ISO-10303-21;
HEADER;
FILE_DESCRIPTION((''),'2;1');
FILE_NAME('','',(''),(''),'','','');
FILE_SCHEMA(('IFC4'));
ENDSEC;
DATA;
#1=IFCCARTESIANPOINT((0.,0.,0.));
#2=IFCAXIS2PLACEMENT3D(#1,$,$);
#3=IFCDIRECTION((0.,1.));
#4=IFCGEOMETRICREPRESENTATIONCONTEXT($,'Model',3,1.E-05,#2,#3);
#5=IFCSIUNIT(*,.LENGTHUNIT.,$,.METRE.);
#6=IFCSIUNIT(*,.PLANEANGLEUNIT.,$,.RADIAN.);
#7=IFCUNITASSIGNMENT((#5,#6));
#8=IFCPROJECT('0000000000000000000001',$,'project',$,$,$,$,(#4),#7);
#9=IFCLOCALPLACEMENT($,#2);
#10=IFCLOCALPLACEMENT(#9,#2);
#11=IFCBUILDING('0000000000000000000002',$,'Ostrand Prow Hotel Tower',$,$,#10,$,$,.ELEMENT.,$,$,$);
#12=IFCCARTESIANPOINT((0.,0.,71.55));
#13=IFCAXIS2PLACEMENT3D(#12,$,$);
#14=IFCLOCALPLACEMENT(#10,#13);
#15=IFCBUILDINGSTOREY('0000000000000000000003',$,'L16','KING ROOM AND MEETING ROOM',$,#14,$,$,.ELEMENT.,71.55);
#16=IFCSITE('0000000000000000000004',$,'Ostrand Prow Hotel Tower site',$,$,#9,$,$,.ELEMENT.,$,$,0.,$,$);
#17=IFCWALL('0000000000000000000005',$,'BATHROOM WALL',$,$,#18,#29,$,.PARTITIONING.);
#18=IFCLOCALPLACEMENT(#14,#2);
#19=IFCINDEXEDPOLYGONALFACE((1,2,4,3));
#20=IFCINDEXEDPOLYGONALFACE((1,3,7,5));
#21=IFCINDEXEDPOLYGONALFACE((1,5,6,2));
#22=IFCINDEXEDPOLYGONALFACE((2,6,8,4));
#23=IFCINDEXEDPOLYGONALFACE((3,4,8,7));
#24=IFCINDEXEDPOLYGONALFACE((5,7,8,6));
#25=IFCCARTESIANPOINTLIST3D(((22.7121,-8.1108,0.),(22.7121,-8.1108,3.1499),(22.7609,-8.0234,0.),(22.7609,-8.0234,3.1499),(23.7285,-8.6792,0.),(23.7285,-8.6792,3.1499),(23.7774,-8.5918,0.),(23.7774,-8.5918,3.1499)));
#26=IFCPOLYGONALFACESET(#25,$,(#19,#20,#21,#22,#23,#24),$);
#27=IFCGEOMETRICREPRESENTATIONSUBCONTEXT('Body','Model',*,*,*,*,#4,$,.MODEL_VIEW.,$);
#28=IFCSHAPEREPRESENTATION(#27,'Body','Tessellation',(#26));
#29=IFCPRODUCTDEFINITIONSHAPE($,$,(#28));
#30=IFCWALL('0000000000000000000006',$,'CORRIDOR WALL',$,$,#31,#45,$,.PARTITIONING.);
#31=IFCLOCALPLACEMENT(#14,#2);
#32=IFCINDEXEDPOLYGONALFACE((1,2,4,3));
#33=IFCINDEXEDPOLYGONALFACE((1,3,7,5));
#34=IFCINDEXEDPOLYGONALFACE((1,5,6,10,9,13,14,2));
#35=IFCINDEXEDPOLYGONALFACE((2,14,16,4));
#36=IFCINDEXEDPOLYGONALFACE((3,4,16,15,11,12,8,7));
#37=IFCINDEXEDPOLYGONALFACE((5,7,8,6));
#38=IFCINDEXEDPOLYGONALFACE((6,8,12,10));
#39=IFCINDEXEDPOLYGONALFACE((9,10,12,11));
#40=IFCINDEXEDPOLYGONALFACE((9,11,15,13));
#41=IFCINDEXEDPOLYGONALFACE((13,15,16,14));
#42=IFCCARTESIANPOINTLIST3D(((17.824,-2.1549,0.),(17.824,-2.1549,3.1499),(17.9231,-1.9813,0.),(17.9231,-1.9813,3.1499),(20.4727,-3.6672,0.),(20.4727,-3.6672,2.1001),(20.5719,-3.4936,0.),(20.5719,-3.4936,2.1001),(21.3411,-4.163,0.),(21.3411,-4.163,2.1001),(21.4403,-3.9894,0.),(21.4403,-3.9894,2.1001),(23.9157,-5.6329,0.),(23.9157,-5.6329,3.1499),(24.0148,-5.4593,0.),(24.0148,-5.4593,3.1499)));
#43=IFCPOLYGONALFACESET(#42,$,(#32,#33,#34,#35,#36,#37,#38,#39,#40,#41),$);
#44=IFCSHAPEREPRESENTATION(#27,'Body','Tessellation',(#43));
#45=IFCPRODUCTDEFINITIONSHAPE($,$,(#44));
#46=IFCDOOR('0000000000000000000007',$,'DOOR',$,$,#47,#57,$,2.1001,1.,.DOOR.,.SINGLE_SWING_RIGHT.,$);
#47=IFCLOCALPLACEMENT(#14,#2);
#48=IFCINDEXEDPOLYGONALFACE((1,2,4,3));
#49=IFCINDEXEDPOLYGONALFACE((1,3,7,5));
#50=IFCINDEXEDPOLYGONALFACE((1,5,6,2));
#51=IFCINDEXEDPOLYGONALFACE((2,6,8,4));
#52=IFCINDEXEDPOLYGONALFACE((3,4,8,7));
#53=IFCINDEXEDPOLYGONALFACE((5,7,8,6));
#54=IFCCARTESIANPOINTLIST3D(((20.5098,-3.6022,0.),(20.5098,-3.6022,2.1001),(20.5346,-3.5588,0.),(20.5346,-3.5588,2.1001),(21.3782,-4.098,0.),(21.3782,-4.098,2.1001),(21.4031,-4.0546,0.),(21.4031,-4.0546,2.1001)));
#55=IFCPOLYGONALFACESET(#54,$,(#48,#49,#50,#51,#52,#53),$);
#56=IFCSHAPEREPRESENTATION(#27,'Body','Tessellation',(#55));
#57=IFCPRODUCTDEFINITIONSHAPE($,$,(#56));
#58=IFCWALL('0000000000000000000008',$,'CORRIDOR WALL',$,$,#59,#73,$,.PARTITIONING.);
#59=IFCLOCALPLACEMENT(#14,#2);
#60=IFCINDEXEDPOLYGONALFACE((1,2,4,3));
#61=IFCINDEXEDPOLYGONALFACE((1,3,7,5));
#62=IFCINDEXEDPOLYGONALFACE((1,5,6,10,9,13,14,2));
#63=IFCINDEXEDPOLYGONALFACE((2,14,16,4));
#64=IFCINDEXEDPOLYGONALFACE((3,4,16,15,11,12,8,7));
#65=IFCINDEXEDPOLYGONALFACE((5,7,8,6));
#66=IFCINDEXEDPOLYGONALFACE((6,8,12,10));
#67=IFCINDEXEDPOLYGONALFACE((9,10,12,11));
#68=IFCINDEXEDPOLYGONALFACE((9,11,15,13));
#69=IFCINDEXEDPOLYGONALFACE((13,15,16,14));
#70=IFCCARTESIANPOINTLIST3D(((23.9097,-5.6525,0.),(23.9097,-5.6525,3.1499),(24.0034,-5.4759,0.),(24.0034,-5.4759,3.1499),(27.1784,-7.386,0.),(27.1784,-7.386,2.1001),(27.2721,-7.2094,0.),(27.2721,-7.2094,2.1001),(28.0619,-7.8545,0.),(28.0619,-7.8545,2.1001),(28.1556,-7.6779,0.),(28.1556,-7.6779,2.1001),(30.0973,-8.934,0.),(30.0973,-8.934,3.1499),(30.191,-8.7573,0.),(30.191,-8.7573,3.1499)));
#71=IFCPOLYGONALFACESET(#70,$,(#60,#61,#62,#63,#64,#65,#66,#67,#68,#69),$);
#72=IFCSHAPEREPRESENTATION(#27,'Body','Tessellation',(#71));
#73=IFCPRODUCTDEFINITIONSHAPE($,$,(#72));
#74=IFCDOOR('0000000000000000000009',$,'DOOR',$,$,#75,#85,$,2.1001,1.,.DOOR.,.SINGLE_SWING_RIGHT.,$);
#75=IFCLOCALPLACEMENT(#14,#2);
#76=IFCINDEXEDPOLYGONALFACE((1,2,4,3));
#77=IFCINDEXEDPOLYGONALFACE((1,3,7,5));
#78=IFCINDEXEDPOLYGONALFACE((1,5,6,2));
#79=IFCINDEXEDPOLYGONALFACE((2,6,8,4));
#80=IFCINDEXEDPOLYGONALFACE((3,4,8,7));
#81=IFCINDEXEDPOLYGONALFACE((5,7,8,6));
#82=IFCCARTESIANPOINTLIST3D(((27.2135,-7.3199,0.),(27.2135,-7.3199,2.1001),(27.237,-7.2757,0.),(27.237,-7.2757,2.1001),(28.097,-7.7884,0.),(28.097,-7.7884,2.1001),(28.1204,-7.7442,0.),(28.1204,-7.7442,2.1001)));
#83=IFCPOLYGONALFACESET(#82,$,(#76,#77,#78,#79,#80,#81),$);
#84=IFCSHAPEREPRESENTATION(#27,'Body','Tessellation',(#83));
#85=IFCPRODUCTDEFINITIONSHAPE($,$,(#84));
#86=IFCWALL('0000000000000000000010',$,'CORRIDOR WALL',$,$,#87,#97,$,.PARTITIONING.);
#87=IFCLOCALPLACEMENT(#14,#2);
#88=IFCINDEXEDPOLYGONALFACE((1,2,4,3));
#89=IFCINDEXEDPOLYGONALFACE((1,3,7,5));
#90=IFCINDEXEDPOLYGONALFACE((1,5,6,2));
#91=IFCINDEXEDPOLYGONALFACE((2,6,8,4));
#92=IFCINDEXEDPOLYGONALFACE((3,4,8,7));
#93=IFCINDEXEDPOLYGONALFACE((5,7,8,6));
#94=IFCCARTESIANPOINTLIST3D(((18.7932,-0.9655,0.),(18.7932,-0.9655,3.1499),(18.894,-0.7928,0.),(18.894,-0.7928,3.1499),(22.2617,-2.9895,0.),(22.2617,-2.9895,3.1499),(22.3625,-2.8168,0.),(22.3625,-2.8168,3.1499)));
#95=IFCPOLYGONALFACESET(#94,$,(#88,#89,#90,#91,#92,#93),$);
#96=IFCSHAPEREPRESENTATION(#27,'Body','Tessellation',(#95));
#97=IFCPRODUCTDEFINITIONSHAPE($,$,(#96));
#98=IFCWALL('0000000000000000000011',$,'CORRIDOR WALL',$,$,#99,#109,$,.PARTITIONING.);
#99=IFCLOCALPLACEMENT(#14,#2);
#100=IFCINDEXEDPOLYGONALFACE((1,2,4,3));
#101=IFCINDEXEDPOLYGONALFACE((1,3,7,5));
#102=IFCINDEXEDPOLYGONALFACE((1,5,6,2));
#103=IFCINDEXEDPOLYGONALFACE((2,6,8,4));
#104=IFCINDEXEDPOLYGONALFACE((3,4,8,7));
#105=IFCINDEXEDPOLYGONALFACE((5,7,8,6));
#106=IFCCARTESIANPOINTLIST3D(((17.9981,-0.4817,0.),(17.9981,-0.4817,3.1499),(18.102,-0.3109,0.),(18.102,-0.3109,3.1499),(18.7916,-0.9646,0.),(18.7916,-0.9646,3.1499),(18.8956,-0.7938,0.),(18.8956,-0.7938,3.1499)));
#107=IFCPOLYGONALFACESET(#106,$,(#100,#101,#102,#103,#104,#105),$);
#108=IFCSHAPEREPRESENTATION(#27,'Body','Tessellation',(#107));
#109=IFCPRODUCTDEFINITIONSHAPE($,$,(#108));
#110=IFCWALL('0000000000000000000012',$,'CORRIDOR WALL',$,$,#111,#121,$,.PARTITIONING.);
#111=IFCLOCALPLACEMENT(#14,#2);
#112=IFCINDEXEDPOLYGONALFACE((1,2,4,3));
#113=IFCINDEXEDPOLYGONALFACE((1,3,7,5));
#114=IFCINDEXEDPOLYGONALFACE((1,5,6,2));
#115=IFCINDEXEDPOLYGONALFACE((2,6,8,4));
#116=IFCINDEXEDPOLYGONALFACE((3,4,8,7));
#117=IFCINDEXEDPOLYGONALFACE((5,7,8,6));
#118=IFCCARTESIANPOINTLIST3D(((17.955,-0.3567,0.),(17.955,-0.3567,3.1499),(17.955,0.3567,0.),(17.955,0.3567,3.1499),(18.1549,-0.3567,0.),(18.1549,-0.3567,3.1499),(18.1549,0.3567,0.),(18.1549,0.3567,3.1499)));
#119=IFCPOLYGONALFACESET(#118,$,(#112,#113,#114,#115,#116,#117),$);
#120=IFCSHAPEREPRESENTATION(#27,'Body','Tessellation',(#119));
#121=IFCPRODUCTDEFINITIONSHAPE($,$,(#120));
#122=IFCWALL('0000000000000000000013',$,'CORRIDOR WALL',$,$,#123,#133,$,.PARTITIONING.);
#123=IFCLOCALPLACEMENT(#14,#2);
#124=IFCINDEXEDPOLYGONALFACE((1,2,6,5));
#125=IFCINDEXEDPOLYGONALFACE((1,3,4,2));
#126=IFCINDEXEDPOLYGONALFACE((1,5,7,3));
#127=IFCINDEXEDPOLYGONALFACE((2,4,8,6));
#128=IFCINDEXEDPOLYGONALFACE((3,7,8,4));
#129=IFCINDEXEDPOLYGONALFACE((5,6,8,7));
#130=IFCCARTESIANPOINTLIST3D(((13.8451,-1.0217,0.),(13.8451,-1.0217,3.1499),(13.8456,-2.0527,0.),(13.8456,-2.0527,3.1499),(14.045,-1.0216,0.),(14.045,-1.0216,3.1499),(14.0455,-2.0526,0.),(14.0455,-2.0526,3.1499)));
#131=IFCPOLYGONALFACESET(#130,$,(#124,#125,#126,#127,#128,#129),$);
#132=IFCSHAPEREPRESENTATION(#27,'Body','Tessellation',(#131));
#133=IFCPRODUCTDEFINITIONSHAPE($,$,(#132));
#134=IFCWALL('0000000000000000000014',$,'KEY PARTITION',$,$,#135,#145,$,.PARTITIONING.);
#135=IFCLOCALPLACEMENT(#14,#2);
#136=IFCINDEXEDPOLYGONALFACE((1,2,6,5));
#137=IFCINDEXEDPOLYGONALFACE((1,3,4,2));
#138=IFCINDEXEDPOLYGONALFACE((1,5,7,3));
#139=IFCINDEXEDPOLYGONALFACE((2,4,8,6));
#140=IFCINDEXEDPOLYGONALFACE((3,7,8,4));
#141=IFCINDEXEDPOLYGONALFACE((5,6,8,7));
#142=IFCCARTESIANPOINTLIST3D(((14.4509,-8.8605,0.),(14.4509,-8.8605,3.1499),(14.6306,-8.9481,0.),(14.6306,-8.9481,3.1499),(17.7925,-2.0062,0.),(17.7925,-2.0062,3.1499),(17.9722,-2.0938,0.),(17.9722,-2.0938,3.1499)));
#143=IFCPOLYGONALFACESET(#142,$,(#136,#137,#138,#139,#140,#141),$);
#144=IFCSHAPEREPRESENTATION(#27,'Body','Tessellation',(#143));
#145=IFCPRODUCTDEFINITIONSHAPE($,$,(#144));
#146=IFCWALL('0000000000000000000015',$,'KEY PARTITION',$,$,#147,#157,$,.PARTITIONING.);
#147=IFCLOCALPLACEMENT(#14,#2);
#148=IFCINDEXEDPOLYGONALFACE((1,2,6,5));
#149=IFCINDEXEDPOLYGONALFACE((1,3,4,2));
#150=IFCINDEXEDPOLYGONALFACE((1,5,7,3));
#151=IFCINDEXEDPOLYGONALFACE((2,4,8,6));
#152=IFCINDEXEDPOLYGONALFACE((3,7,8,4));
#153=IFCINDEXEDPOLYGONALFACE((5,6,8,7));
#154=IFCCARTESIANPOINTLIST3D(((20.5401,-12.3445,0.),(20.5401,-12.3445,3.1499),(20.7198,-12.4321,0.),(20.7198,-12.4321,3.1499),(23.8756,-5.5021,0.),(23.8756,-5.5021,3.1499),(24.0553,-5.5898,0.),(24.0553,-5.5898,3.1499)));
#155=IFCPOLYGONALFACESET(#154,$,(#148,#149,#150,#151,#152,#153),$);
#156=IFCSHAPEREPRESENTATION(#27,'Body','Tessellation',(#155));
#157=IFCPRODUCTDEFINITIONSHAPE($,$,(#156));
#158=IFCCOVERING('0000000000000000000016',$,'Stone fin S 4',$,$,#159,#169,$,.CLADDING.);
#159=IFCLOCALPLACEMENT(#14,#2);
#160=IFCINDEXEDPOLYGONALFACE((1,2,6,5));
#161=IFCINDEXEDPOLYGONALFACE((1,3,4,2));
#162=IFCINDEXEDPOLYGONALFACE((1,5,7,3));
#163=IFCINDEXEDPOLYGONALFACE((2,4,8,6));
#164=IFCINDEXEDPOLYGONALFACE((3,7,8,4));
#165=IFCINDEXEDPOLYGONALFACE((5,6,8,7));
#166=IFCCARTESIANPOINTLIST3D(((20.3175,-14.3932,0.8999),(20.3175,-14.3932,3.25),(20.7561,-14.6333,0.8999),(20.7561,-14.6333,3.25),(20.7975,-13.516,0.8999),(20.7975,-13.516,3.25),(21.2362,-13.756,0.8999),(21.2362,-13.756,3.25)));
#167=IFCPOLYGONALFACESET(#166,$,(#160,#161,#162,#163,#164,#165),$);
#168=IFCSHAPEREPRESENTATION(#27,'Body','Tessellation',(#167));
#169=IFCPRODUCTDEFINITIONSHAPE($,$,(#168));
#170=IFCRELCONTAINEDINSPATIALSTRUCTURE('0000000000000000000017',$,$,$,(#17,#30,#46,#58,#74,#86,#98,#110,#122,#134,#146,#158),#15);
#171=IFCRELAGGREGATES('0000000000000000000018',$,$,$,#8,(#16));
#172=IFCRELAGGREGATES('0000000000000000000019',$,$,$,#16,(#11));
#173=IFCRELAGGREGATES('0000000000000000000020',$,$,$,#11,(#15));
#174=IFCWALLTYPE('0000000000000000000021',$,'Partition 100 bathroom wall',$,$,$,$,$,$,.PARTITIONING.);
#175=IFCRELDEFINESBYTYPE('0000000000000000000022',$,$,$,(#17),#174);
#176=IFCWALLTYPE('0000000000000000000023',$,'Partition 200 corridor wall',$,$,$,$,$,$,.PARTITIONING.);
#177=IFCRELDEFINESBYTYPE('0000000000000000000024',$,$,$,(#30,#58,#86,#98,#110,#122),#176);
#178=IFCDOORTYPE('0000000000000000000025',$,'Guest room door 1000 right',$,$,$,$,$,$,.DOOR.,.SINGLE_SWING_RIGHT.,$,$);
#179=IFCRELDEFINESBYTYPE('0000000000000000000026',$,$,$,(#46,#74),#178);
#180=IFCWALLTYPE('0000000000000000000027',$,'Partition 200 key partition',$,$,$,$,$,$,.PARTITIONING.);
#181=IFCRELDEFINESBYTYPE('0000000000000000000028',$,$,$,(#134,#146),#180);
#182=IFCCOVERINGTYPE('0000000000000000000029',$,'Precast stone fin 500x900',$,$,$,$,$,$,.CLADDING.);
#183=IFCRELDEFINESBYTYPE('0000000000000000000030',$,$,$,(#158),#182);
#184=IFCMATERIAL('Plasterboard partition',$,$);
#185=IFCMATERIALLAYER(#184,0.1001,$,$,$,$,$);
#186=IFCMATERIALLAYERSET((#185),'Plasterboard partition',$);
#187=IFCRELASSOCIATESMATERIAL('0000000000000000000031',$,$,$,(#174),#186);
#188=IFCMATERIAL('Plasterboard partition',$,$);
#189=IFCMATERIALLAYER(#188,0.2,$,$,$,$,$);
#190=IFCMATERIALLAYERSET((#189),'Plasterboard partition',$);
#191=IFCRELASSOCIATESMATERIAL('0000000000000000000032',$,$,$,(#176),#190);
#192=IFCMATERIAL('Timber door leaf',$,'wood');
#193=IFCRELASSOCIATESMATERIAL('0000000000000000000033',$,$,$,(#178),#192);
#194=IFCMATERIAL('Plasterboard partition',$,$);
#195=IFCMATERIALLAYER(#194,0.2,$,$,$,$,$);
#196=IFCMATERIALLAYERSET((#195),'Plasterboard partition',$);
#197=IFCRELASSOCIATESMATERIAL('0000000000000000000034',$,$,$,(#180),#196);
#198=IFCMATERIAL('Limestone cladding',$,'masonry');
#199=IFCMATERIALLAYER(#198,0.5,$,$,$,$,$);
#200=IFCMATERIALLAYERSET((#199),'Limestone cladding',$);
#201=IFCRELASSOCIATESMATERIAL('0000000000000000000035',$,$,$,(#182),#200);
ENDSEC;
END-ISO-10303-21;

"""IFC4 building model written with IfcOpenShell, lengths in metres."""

from ifc_helpers import new_model, si_unit, direction, frame, frame_2d, origin, place, context, subcontext, project, spatial, rectangle, extrude, material, layer, layer_set, type_object, element, fill, save


model = new_model("IFC4")

# Units and contexts
model_context = context("Model", 3, precision=1e-05, world=origin(), true_north=direction((0.0, 1.0)))
body_context = subcontext(model_context, "Body", "Model", "MODEL_VIEW")
ifc_project = project(units=[si_unit("LENGTHUNIT", "METRE"), si_unit("PLANEANGLEUNIT", "RADIAN")], contexts=[model_context])

# Site, building, storey
site_placement = place(None, origin())
site = spatial("IfcSite", under=ifc_project, at=site_placement, Name="Ostrand Prow Hotel Tower site", CompositionType="ELEMENT", RefElevation=0.0)
building_placement = place(site_placement, origin())
building = spatial("IfcBuilding", under=site, at=building_placement, Name="Ostrand Prow Hotel Tower", CompositionType="ELEMENT")
storey_placement = place(building_placement, frame((0.0, 0.0, 71.55)))
storey = spatial("IfcBuildingStorey", under=building, at=storey_placement, Name="L16", Description="KING ROOM AND MEETING ROOM", CompositionType="ELEMENT", Elevation=71.55)

# Shared definitions
ifc_material_1 = material(Name="Plasterboard partition")
ifc_layer_1 = layer(ifc_material_1, 0.1001)
ifc_layer_set_1 = layer_set([ifc_layer_1], Name="Plasterboard partition")
wall_type_1 = type_object("IfcWallType", Name="Partition 100 bathroom wall", PredefinedType="PARTITIONING", material=ifc_layer_set_1)

# Wall
wall_1_placement = place(storey_placement, frame((23.7529, -8.6355, 0.0), z_axis=(0.0, 0.0, 1.0), x_axis=(-0.872799, 0.48808, 0.0)))
element("IfcWall", 1, at=wall_1_placement, inside=storey, type_object=wall_type_1, Name="BATHROOM WALL", PredefinedType="PARTITIONING", context=body_context, shape_type="SweptSolid", body=[
    extrude(rectangle(XDim=1.1646, YDim=0.1001, at=frame_2d((0.5823, 0.0))), origin(), (0.0, 0.0, 1.0), 3.1499),
])

# Walls, openings, doors
ifc_material_2 = material(Name="Plasterboard partition")
ifc_layer_2 = layer(ifc_material_2, 0.2)
ifc_layer_set_2 = layer_set([ifc_layer_2], Name="Plasterboard partition")
wall_type_2 = type_object("IfcWallType", Name="Partition 200 corridor wall", PredefinedType="PARTITIONING", material=ifc_layer_set_2)
wall_2_placement = place(storey_placement, frame((17.8735, -2.0681, 0.0), z_axis=(0.0, 0.0, 1.0), x_axis=(0.868427, -0.495817, 0.0)))
wall_2 = element("IfcWall", 2, at=wall_2_placement, inside=storey, type_object=wall_type_2, Name="CORRIDOR WALL", PredefinedType="PARTITIONING", context=body_context, shape_type="SweptSolid", body=[
    extrude(rectangle(XDim=7.0146, YDim=0.2, at=frame_2d((3.5073, 0.0))), origin(), (0.0, 0.0, 1.0), 3.1499),
])
opening_1_placement = place(wall_2_placement, frame((3.05, 0.0, 0.0)))
opening_1 = element("IfcOpeningElement", 3, at=opening_1_placement, cuts=wall_2, PredefinedType="OPENING", context=body_context, shape_type="SweptSolid", body=[
    extrude(rectangle(XDim=1.0, YDim=2.1001, at=frame_2d((0.5, 1.05))), frame((0.0, 0.1099, 0.0), z_axis=(0.0, -1.0, 0.0), x_axis=(1.0, 0.0, 0.0)), (0.0, 0.0, 1.0), 0.22),
])
ifc_material_3 = material(Name="Timber door leaf", Category="wood")
door_type_1 = type_object("IfcDoorType", Name="Guest room door 1000 right", OperationType="SINGLE_SWING_RIGHT", PredefinedType="DOOR", material=ifc_material_3)
door_1_placement = place(opening_1_placement, origin())
door_1 = element("IfcDoor", 4, at=door_1_placement, inside=storey, type_object=door_type_1, Name="DOOR", OperationType="SINGLE_SWING_RIGHT", OverallHeight=2.1001, OverallWidth=1.0, PredefinedType="DOOR", context=body_context, shape_type="SweptSolid", body=[
    extrude(rectangle(XDim=1.0, YDim=2.1001, at=frame_2d((0.5, 1.05))), frame((0.0, 0.0249, 0.0), z_axis=(0.0, -1.0, 0.0), x_axis=(1.0, 0.0, 0.0)), (0.0, 0.0, 1.0), 0.05),
])
fill(opening_1, door_1)
wall_3_placement = place(storey_placement, frame((23.9565, -5.5642, 0.0), z_axis=(0.0, 0.0, 1.0), x_axis=(0.883455, -0.468515, 0.0)))
wall_3 = element("IfcWall", 5, at=wall_3_placement, inside=storey, type_object=wall_type_2, Name="CORRIDOR WALL", PredefinedType="PARTITIONING", context=body_context, shape_type="SweptSolid", body=[
    extrude(rectangle(XDim=7.0039, YDim=0.2, at=frame_2d((3.502, 0.0))), origin(), (0.0, 0.0, 1.0), 3.1499),
])
opening_2_placement = place(wall_3_placement, frame((3.7, 0.0, 0.0)))
opening_2 = element("IfcOpeningElement", 6, at=opening_2_placement, cuts=wall_3, PredefinedType="OPENING", context=body_context, shape_type="SweptSolid", body=[
    extrude(rectangle(XDim=1.0, YDim=2.1001, at=frame_2d((0.5, 1.05))), frame((0.0, 0.1099, 0.0), z_axis=(0.0, -1.0, 0.0), x_axis=(1.0, 0.0, 0.0)), (0.0, 0.0, 1.0), 0.22),
])
door_2_placement = place(opening_2_placement, origin())
door_2 = element("IfcDoor", 7, at=door_2_placement, inside=storey, type_object=door_type_1, Name="DOOR", OperationType="SINGLE_SWING_RIGHT", OverallHeight=2.1001, OverallWidth=1.0, PredefinedType="DOOR", context=body_context, shape_type="SweptSolid", body=[
    extrude(rectangle(XDim=1.0, YDim=2.1001, at=frame_2d((0.5, 1.05))), frame((0.0, 0.0249, 0.0), z_axis=(0.0, -1.0, 0.0), x_axis=(1.0, 0.0, 0.0)), (0.0, 0.0, 1.0), 0.05),
])
fill(opening_2, door_2)

# Walls
wall_4_placement = place(storey_placement, frame((22.312, -2.9031, 0.0), z_axis=(0.0, 0.0, 1.0), x_axis=(-0.863711, 0.503988, 0.0)))
element("IfcWall", 8, at=wall_4_placement, inside=storey, type_object=wall_type_2, Name="CORRIDOR WALL", PredefinedType="PARTITIONING", context=body_context, shape_type="SweptSolid", body=[
    extrude(rectangle(XDim=4.0159, YDim=0.2, at=frame_2d((2.0078, 0.0))), origin(), (0.0, 0.0, 1.0), 3.1499),
])
wall_5_placement = place(storey_placement, frame((18.8435, -0.8792, 0.0), z_axis=(0.0, 0.0, 1.0), x_axis=(-0.854229, 0.519897, 0.0)))
element("IfcWall", 9, at=wall_5_placement, inside=storey, type_object=wall_type_2, Name="CORRIDOR WALL", PredefinedType="PARTITIONING", context=body_context, shape_type="SweptSolid", body=[
    extrude(rectangle(XDim=0.929, YDim=0.2, at=frame_2d((0.4644, 0.0))), origin(), (0.0, 0.0, 1.0), 3.1499),
])
wall_6_placement = place(storey_placement, frame((18.0549, -0.3567, 0.0), z_axis=(0.0, 0.0, 1.0), x_axis=(0.0, 1.0, 0.0)))
element("IfcWall", 10, at=wall_6_placement, inside=storey, type_object=wall_type_2, Name="CORRIDOR WALL", PredefinedType="PARTITIONING", context=body_context, shape_type="SweptSolid", body=[
    extrude(rectangle(XDim=0.7134, YDim=0.2, at=frame_2d((0.3567, 0.0))), origin(), (0.0, 0.0, 1.0), 3.1499),
])
wall_7_placement = place(storey_placement, frame((13.9451, -1.0215, 0.0), z_axis=(0.0, 0.0, 1.0), x_axis=(0.000474, -1.0, 0.0)))
element("IfcWall", 11, at=wall_7_placement, inside=storey, type_object=wall_type_2, Name="CORRIDOR WALL", PredefinedType="PARTITIONING", context=body_context, shape_type="SweptSolid", body=[
    extrude(rectangle(XDim=1.031, YDim=0.2, at=frame_2d((0.5156, 0.0))), origin(), (0.0, 0.0, 1.0), 3.1499),
])
ifc_material_4 = material(Name="Plasterboard partition")
ifc_layer_3 = layer(ifc_material_4, 0.2)
ifc_layer_set_3 = layer_set([ifc_layer_3], Name="Plasterboard partition")
wall_type_3 = type_object("IfcWallType", Name="Partition 200 key partition", PredefinedType="PARTITIONING", material=ifc_layer_set_3)
wall_8_placement = place(storey_placement, frame((14.5408, -8.9043, 0.0), z_axis=(0.0, 0.0, 1.0), x_axis=(0.438214, 0.898871, 0.0)))
element("IfcWall", 12, at=wall_8_placement, inside=storey, type_object=wall_type_3, Name="KEY PARTITION", PredefinedType="PARTITIONING", context=body_context, shape_type="SweptSolid", body=[
    extrude(rectangle(XDim=7.6255, YDim=0.2, at=frame_2d((3.8127, 0.0))), origin(), (0.0, 0.0, 1.0), 3.1499),
])
wall_9_placement = place(storey_placement, frame((20.6299, -12.3884, 0.0), z_axis=(0.0, 0.0, 1.0), x_axis=(0.438185, 0.898885, 0.0)))
element("IfcWall", 13, at=wall_9_placement, inside=storey, type_object=wall_type_3, Name="KEY PARTITION", PredefinedType="PARTITIONING", context=body_context, shape_type="SweptSolid", body=[
    extrude(rectangle(XDim=7.6121, YDim=0.2, at=frame_2d((3.8062, 0.0))), origin(), (0.0, 0.0, 1.0), 3.1499),
])

# Covering
ifc_material_5 = material(Name="Limestone cladding", Category="masonry")
ifc_layer_4 = layer(ifc_material_5, 0.5)
ifc_layer_set_4 = layer_set([ifc_layer_4], Name="Limestone cladding")
covering_type = type_object("IfcCoveringType", Name="Precast stone fin 500x900", PredefinedType="CLADDING", material=ifc_layer_set_4)
covering_placement = place(storey_placement, frame((21.0168, -13.636, 0.8999), z_axis=(0.0, 0.0, 1.0), x_axis=(-0.480015, -0.87726, 0.0)))
element("IfcCovering", 14, at=covering_placement, inside=storey, type_object=covering_type, Name="Stone fin S 4", PredefinedType="CLADDING", context=body_context, shape_type="SweptSolid", body=[
    extrude(rectangle(XDim=1.0, YDim=0.5, at=frame_2d((0.5, 0.0))), origin(), (0.0, 0.0, 1.0), 2.3501),
])

save(model, "model.ifc")
